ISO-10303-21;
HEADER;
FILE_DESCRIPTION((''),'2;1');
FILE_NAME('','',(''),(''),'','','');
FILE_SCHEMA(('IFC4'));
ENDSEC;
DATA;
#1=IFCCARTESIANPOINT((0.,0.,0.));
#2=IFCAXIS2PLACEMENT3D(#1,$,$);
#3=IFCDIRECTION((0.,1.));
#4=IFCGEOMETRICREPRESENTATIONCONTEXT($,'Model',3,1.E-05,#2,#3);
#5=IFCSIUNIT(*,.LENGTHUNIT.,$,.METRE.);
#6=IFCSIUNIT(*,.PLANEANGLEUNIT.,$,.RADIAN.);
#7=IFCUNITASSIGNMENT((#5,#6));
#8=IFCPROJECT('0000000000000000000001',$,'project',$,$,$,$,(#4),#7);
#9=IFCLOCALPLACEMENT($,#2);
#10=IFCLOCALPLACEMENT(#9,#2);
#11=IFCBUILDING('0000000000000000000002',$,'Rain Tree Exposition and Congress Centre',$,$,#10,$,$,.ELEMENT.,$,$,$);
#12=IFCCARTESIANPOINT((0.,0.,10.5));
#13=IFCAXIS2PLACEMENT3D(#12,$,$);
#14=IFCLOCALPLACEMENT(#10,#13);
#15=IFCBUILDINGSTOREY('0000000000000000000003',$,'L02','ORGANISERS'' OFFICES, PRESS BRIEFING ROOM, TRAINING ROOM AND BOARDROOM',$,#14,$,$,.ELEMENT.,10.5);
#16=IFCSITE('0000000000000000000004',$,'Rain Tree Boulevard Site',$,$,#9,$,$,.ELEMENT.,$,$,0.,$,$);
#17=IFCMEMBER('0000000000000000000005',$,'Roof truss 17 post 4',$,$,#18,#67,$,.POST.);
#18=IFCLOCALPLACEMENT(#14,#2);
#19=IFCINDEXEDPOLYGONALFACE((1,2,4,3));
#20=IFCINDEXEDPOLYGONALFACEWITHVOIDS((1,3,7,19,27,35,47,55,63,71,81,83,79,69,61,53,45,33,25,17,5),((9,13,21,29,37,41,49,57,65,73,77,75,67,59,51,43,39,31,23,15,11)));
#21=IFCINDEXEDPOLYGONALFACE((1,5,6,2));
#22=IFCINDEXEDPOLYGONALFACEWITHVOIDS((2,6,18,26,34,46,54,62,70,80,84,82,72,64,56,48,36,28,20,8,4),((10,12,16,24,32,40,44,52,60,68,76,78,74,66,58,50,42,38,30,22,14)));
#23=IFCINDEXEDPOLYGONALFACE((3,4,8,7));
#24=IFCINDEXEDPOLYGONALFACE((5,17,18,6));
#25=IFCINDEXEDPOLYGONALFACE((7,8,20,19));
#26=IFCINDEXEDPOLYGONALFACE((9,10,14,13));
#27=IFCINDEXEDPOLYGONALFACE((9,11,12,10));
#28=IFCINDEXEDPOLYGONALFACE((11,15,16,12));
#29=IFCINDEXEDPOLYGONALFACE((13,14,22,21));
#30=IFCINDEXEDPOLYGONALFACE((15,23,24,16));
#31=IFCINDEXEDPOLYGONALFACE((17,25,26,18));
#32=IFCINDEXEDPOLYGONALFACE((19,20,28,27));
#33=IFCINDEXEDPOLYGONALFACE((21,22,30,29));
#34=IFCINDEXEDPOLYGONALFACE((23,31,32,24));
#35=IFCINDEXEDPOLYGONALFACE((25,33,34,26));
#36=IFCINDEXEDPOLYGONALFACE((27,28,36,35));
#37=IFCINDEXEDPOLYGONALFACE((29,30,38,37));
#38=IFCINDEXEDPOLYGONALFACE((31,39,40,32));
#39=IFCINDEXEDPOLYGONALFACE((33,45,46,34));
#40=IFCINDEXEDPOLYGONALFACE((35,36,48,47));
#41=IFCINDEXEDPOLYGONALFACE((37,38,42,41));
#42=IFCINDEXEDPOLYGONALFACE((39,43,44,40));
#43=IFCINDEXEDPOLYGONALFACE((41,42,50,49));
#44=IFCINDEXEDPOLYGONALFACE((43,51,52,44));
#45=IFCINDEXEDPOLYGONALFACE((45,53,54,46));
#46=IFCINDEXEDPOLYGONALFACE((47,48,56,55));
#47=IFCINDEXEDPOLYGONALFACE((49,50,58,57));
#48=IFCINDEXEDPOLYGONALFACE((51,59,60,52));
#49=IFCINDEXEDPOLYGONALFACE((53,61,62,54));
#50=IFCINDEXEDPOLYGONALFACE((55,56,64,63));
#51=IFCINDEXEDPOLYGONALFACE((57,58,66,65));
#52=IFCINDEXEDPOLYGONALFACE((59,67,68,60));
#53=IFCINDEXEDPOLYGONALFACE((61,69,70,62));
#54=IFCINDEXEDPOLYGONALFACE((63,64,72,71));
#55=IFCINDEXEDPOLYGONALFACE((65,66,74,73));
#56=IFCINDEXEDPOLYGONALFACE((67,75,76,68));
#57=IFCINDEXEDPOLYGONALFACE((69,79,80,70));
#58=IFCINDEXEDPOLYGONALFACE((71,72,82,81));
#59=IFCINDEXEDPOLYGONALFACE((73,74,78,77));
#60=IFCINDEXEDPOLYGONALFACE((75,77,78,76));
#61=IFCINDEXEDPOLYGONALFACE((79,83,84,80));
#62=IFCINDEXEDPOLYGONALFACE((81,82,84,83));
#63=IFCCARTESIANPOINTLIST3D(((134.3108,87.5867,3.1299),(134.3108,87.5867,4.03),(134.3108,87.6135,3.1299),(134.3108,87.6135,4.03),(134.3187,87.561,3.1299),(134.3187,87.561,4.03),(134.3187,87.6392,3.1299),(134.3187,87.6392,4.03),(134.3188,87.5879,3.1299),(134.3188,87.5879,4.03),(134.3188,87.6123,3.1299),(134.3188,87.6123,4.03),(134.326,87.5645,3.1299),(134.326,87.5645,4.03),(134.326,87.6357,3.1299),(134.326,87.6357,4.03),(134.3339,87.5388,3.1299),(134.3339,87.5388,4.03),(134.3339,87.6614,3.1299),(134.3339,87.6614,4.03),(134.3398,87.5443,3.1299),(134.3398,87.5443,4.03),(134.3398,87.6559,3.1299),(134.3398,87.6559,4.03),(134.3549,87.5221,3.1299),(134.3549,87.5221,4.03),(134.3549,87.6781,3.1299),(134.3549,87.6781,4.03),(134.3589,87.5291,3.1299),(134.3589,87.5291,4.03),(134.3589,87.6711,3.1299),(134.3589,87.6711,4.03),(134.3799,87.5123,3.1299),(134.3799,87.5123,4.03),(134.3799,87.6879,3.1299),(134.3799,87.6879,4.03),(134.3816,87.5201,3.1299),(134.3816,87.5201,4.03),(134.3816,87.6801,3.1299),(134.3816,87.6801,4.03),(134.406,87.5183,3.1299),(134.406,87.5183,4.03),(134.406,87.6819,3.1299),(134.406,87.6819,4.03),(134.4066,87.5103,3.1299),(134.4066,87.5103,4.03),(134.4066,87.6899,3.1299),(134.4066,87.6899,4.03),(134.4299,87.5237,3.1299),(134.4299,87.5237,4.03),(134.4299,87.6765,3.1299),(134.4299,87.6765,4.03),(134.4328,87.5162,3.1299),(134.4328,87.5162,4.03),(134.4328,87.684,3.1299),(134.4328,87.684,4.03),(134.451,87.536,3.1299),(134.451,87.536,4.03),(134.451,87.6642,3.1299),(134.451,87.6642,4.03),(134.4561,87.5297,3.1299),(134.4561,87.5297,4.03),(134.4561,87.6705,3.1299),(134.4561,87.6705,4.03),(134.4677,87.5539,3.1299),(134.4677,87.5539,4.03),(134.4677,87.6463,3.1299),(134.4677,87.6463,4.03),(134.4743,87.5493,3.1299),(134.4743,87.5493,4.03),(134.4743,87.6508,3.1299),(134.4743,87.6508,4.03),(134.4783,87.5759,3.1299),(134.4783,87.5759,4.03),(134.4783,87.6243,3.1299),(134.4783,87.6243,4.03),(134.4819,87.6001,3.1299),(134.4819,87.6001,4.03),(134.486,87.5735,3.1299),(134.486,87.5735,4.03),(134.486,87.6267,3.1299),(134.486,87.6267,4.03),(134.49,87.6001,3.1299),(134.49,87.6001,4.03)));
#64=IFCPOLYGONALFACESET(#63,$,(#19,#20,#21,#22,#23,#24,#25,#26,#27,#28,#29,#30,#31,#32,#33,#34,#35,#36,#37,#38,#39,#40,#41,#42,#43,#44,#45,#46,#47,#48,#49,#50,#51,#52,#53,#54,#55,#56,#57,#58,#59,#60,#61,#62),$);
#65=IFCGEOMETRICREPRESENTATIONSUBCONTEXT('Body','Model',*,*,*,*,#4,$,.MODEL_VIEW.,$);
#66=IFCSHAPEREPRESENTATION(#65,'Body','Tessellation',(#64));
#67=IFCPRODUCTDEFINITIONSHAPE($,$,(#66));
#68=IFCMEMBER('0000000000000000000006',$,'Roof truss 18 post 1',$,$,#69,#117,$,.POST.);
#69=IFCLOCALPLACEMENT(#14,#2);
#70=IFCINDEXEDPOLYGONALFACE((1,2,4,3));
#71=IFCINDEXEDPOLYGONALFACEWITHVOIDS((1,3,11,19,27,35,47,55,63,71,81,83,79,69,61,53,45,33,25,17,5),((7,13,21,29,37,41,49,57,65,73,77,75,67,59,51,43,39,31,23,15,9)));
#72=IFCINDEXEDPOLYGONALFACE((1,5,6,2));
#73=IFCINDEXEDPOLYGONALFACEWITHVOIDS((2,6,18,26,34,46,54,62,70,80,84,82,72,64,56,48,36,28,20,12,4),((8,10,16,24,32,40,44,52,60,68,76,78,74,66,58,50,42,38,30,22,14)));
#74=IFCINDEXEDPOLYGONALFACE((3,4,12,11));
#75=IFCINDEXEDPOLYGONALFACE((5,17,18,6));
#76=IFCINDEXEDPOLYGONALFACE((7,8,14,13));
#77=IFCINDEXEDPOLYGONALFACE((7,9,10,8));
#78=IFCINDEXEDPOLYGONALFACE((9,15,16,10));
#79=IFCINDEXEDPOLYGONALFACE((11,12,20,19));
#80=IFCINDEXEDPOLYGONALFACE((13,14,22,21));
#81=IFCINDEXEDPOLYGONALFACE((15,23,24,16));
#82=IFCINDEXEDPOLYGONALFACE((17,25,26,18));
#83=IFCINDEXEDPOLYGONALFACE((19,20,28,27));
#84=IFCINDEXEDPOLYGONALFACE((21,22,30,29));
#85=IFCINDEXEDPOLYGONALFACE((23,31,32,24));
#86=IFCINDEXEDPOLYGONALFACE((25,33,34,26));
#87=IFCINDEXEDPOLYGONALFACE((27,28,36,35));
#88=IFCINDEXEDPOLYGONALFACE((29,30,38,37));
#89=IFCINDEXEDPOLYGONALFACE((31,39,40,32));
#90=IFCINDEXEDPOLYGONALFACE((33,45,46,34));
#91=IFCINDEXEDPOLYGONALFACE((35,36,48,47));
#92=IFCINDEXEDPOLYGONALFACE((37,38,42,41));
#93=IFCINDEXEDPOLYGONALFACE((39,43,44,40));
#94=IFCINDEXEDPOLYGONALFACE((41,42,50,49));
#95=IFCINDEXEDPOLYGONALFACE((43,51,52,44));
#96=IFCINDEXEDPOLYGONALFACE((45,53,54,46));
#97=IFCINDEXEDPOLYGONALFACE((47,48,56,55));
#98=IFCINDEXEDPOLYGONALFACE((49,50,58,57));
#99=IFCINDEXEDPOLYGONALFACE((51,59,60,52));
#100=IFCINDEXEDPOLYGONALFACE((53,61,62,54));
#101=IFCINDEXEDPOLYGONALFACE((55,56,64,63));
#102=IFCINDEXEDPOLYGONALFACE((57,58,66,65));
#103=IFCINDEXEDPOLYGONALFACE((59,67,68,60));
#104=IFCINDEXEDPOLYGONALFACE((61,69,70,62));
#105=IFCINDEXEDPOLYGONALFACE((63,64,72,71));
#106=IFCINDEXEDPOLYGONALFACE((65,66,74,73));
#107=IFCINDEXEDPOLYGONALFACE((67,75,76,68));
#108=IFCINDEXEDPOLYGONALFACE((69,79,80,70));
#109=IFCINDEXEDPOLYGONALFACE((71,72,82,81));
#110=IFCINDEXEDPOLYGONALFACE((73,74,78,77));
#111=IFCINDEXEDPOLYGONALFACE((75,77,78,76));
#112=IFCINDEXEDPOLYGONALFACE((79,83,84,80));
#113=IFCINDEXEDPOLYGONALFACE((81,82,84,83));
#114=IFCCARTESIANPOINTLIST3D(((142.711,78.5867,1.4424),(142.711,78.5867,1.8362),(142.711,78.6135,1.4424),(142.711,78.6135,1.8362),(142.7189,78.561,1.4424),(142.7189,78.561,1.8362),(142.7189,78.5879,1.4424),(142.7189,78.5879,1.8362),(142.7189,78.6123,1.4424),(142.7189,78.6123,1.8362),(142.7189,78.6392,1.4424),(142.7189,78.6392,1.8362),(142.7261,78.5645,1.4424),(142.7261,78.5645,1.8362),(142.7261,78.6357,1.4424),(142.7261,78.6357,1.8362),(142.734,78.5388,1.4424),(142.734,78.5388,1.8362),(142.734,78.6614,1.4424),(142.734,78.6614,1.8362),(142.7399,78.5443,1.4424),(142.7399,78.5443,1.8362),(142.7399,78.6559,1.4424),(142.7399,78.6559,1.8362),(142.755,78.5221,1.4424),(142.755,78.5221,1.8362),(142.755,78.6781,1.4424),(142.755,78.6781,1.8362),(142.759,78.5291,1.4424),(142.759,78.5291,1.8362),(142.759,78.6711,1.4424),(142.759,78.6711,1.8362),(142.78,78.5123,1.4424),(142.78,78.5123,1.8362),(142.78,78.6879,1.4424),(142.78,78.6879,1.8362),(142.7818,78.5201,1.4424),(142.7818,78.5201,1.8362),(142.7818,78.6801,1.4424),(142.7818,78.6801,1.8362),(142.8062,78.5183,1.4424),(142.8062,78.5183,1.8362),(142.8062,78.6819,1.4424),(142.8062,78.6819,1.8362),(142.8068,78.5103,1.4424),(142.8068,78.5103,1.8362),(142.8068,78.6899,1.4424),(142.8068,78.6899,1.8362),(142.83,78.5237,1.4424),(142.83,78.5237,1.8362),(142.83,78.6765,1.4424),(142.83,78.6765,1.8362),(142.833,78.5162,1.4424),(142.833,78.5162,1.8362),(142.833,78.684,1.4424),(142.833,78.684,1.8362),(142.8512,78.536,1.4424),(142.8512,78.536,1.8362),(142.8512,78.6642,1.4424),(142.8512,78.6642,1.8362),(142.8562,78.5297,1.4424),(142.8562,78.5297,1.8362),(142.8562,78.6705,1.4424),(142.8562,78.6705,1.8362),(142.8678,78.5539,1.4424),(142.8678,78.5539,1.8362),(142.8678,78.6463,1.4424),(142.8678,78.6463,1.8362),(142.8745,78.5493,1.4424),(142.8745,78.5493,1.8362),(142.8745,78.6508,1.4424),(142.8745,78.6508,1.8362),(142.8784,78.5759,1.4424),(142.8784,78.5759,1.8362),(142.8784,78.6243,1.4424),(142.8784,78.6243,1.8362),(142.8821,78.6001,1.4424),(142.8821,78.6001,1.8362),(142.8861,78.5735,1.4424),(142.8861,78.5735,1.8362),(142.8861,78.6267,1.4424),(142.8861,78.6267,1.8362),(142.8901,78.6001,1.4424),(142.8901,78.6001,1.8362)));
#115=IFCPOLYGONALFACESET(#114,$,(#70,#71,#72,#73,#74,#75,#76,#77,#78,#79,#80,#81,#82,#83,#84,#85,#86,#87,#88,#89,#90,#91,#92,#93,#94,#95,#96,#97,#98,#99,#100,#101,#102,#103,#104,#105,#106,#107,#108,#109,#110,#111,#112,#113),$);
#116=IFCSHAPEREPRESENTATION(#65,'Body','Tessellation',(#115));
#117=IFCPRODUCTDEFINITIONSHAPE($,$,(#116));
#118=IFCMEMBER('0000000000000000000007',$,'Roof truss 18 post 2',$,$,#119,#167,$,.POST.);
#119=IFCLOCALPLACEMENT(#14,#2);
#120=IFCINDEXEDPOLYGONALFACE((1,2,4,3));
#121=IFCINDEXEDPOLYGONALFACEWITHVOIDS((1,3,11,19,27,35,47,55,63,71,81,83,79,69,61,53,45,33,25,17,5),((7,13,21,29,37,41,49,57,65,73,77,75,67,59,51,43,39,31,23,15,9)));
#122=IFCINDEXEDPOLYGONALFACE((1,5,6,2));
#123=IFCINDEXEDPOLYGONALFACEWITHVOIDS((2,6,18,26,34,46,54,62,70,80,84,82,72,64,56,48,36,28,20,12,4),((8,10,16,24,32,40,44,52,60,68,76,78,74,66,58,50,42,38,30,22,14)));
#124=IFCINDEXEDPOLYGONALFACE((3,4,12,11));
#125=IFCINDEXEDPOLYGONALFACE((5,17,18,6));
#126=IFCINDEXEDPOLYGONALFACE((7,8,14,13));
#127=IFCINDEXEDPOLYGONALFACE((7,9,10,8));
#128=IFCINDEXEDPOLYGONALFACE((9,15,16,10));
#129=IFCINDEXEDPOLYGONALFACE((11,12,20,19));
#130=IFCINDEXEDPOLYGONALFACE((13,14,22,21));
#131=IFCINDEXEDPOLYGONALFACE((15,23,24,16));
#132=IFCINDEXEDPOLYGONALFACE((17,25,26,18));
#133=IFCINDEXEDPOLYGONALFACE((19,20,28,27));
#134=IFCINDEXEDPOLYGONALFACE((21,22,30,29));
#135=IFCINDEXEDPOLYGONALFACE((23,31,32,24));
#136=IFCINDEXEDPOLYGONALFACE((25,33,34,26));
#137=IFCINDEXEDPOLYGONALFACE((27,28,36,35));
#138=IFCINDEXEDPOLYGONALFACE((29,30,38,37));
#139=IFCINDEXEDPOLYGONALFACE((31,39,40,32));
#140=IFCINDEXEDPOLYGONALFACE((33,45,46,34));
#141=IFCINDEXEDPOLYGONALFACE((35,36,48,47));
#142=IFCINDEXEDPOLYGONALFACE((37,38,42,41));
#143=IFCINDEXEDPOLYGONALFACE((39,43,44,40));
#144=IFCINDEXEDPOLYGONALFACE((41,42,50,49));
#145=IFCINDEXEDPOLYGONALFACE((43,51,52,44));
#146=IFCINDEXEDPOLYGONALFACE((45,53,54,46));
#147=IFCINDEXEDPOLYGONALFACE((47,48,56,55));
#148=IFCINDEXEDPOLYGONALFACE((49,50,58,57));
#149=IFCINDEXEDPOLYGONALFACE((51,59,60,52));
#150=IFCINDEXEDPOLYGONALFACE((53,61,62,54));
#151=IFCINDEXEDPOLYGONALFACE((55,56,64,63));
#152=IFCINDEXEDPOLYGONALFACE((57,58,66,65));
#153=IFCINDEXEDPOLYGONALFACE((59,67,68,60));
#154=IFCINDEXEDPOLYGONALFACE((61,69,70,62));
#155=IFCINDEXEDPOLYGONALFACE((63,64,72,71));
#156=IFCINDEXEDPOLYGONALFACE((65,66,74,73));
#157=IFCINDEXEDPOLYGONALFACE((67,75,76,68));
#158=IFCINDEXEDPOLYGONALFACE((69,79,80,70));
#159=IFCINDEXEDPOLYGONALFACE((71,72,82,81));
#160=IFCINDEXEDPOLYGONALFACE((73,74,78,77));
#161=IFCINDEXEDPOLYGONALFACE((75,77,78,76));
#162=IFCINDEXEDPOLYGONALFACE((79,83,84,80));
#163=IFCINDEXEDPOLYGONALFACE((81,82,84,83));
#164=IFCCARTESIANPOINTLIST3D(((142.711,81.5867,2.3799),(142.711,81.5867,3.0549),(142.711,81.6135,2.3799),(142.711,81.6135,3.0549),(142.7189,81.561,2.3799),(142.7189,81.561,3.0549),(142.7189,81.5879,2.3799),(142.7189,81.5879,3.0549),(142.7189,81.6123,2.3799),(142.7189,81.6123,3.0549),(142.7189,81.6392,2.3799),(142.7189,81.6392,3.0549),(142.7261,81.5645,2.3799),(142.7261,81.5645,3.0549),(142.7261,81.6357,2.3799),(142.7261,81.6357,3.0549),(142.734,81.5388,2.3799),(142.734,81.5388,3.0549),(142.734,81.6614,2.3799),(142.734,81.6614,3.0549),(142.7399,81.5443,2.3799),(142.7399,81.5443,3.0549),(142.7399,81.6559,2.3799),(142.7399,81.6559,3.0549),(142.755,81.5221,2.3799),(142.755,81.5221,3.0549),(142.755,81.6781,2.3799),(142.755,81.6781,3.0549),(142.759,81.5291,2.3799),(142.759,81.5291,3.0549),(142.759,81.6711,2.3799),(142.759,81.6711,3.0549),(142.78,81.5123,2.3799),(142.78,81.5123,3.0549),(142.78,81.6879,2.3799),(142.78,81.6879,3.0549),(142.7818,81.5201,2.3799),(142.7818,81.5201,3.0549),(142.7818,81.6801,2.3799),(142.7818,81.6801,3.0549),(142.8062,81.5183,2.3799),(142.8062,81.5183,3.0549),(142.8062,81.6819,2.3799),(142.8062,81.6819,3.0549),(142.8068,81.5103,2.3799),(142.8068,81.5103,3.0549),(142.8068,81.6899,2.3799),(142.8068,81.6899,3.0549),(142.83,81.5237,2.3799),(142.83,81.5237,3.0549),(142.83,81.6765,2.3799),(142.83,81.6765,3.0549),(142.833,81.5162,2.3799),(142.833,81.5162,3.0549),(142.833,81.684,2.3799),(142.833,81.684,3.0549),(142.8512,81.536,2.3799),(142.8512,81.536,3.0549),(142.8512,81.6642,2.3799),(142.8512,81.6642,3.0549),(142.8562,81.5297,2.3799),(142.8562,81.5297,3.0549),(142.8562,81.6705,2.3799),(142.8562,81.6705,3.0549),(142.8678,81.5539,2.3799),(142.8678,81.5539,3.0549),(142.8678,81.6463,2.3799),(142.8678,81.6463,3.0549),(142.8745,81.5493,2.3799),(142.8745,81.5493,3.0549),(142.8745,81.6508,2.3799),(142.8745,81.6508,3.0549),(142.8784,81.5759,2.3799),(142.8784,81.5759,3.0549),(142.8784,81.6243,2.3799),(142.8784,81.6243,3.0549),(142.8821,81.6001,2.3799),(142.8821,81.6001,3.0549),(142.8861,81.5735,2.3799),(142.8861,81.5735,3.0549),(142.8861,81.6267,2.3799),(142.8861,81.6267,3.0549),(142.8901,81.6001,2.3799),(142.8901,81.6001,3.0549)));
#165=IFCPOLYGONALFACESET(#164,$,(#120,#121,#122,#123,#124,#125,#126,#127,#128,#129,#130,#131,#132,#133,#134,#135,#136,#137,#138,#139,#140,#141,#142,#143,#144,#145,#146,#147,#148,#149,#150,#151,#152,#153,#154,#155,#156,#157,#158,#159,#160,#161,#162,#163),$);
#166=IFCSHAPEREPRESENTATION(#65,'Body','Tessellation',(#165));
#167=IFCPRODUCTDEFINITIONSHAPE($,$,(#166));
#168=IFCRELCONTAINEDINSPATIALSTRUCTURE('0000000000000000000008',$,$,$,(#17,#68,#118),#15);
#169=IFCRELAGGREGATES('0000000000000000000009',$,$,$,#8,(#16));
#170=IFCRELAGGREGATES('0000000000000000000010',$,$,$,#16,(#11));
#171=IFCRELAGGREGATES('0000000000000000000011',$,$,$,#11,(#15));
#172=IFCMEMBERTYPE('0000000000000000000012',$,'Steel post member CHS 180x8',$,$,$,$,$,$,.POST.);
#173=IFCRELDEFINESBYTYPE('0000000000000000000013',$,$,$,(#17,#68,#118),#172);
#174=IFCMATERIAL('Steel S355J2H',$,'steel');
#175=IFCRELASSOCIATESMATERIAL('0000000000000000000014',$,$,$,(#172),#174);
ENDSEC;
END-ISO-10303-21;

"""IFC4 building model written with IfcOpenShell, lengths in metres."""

from ifc_helpers import new_model, si_unit, direction, frame, origin, origin_2d, place, context, subcontext, project, spatial, hollow_circle, extrude, material, material_profile, profile_set, type_object, element, save


model = new_model("IFC4")

# Units and contexts
model_context = context("Model", 3, precision=1e-05, world=origin(), true_north=direction((0.0, 1.0)))
body_context = subcontext(model_context, "Body", "Model", "MODEL_VIEW")
ifc_project = project(units=[si_unit("LENGTHUNIT", "METRE"), si_unit("PLANEANGLEUNIT", "RADIAN")], contexts=[model_context])

# Site, building, storey
site_placement = place(None, origin())
site = spatial("IfcSite", under=ifc_project, at=site_placement, Name="Rain Tree Boulevard Site", CompositionType="ELEMENT", RefElevation=0.0)
building_placement = place(site_placement, origin())
building = spatial("IfcBuilding", under=site, at=building_placement, Name="Rain Tree Exposition and Congress Centre", CompositionType="ELEMENT")
storey_placement = place(building_placement, frame((0.0, 0.0, 10.5)))
storey = spatial("IfcBuildingStorey", under=building, at=storey_placement, Name="L02", Description="ORGANISERS' OFFICES, PRESS BRIEFING ROOM, TRAINING ROOM AND BOARDROOM", CompositionType="ELEMENT", Elevation=10.5)

# Members
ifc_material_1 = material(Name="Steel S355J2H", Category="steel")
ifc_material_profile_1 = material_profile(ifc_material_1, hollow_circle(Radius=0.0901, WallThickness=0.0081, at=origin_2d()), Name="CHS 180x8")
ifc_profile_set_1 = profile_set([ifc_material_profile_1], Name="Steel S355J2H")
member_type_1 = type_object("IfcMemberType", Name="Steel post member CHS 180x8", PredefinedType="POST", material=ifc_profile_set_1)
member_1_placement = place(storey_placement, frame((134.3999, 87.6001, 3.1299), z_axis=(0.0, 0.0, 1.0), x_axis=(1.0, 0.0, 0.0)))
element("IfcMember", 1, at=member_1_placement, inside=storey, type_object=member_type_1, Name="Roof truss 17 post 4", PredefinedType="POST", context=body_context, shape_type="SweptSolid", body=[
    extrude(hollow_circle(Radius=0.0901, WallThickness=0.0081, at=origin_2d()), origin(), (0.0, 0.0, 1.0), 0.9001),
])
member_2_placement = place(storey_placement, frame((142.8, 78.6001, 1.4424), z_axis=(0.0, 0.0, 1.0), x_axis=(1.0, 0.0, 0.0)))
element("IfcMember", 2, at=member_2_placement, inside=storey, type_object=member_type_1, Name="Roof truss 18 post 1", PredefinedType="POST", context=body_context, shape_type="SweptSolid", body=[
    extrude(hollow_circle(Radius=0.0901, WallThickness=0.0081, at=origin_2d()), origin(), (0.0, 0.0, 1.0), 0.3938),
])
member_3_placement = place(storey_placement, frame((142.8, 81.6001, 2.3799), z_axis=(0.0, 0.0, 1.0), x_axis=(1.0, 0.0, 0.0)))
element("IfcMember", 3, at=member_3_placement, inside=storey, type_object=member_type_1, Name="Roof truss 18 post 2", PredefinedType="POST", context=body_context, shape_type="SweptSolid", body=[
    extrude(hollow_circle(Radius=0.0901, WallThickness=0.0081, at=origin_2d()), origin(), (0.0, 0.0, 1.0), 0.675),
])

save(model, "model.ifc")
